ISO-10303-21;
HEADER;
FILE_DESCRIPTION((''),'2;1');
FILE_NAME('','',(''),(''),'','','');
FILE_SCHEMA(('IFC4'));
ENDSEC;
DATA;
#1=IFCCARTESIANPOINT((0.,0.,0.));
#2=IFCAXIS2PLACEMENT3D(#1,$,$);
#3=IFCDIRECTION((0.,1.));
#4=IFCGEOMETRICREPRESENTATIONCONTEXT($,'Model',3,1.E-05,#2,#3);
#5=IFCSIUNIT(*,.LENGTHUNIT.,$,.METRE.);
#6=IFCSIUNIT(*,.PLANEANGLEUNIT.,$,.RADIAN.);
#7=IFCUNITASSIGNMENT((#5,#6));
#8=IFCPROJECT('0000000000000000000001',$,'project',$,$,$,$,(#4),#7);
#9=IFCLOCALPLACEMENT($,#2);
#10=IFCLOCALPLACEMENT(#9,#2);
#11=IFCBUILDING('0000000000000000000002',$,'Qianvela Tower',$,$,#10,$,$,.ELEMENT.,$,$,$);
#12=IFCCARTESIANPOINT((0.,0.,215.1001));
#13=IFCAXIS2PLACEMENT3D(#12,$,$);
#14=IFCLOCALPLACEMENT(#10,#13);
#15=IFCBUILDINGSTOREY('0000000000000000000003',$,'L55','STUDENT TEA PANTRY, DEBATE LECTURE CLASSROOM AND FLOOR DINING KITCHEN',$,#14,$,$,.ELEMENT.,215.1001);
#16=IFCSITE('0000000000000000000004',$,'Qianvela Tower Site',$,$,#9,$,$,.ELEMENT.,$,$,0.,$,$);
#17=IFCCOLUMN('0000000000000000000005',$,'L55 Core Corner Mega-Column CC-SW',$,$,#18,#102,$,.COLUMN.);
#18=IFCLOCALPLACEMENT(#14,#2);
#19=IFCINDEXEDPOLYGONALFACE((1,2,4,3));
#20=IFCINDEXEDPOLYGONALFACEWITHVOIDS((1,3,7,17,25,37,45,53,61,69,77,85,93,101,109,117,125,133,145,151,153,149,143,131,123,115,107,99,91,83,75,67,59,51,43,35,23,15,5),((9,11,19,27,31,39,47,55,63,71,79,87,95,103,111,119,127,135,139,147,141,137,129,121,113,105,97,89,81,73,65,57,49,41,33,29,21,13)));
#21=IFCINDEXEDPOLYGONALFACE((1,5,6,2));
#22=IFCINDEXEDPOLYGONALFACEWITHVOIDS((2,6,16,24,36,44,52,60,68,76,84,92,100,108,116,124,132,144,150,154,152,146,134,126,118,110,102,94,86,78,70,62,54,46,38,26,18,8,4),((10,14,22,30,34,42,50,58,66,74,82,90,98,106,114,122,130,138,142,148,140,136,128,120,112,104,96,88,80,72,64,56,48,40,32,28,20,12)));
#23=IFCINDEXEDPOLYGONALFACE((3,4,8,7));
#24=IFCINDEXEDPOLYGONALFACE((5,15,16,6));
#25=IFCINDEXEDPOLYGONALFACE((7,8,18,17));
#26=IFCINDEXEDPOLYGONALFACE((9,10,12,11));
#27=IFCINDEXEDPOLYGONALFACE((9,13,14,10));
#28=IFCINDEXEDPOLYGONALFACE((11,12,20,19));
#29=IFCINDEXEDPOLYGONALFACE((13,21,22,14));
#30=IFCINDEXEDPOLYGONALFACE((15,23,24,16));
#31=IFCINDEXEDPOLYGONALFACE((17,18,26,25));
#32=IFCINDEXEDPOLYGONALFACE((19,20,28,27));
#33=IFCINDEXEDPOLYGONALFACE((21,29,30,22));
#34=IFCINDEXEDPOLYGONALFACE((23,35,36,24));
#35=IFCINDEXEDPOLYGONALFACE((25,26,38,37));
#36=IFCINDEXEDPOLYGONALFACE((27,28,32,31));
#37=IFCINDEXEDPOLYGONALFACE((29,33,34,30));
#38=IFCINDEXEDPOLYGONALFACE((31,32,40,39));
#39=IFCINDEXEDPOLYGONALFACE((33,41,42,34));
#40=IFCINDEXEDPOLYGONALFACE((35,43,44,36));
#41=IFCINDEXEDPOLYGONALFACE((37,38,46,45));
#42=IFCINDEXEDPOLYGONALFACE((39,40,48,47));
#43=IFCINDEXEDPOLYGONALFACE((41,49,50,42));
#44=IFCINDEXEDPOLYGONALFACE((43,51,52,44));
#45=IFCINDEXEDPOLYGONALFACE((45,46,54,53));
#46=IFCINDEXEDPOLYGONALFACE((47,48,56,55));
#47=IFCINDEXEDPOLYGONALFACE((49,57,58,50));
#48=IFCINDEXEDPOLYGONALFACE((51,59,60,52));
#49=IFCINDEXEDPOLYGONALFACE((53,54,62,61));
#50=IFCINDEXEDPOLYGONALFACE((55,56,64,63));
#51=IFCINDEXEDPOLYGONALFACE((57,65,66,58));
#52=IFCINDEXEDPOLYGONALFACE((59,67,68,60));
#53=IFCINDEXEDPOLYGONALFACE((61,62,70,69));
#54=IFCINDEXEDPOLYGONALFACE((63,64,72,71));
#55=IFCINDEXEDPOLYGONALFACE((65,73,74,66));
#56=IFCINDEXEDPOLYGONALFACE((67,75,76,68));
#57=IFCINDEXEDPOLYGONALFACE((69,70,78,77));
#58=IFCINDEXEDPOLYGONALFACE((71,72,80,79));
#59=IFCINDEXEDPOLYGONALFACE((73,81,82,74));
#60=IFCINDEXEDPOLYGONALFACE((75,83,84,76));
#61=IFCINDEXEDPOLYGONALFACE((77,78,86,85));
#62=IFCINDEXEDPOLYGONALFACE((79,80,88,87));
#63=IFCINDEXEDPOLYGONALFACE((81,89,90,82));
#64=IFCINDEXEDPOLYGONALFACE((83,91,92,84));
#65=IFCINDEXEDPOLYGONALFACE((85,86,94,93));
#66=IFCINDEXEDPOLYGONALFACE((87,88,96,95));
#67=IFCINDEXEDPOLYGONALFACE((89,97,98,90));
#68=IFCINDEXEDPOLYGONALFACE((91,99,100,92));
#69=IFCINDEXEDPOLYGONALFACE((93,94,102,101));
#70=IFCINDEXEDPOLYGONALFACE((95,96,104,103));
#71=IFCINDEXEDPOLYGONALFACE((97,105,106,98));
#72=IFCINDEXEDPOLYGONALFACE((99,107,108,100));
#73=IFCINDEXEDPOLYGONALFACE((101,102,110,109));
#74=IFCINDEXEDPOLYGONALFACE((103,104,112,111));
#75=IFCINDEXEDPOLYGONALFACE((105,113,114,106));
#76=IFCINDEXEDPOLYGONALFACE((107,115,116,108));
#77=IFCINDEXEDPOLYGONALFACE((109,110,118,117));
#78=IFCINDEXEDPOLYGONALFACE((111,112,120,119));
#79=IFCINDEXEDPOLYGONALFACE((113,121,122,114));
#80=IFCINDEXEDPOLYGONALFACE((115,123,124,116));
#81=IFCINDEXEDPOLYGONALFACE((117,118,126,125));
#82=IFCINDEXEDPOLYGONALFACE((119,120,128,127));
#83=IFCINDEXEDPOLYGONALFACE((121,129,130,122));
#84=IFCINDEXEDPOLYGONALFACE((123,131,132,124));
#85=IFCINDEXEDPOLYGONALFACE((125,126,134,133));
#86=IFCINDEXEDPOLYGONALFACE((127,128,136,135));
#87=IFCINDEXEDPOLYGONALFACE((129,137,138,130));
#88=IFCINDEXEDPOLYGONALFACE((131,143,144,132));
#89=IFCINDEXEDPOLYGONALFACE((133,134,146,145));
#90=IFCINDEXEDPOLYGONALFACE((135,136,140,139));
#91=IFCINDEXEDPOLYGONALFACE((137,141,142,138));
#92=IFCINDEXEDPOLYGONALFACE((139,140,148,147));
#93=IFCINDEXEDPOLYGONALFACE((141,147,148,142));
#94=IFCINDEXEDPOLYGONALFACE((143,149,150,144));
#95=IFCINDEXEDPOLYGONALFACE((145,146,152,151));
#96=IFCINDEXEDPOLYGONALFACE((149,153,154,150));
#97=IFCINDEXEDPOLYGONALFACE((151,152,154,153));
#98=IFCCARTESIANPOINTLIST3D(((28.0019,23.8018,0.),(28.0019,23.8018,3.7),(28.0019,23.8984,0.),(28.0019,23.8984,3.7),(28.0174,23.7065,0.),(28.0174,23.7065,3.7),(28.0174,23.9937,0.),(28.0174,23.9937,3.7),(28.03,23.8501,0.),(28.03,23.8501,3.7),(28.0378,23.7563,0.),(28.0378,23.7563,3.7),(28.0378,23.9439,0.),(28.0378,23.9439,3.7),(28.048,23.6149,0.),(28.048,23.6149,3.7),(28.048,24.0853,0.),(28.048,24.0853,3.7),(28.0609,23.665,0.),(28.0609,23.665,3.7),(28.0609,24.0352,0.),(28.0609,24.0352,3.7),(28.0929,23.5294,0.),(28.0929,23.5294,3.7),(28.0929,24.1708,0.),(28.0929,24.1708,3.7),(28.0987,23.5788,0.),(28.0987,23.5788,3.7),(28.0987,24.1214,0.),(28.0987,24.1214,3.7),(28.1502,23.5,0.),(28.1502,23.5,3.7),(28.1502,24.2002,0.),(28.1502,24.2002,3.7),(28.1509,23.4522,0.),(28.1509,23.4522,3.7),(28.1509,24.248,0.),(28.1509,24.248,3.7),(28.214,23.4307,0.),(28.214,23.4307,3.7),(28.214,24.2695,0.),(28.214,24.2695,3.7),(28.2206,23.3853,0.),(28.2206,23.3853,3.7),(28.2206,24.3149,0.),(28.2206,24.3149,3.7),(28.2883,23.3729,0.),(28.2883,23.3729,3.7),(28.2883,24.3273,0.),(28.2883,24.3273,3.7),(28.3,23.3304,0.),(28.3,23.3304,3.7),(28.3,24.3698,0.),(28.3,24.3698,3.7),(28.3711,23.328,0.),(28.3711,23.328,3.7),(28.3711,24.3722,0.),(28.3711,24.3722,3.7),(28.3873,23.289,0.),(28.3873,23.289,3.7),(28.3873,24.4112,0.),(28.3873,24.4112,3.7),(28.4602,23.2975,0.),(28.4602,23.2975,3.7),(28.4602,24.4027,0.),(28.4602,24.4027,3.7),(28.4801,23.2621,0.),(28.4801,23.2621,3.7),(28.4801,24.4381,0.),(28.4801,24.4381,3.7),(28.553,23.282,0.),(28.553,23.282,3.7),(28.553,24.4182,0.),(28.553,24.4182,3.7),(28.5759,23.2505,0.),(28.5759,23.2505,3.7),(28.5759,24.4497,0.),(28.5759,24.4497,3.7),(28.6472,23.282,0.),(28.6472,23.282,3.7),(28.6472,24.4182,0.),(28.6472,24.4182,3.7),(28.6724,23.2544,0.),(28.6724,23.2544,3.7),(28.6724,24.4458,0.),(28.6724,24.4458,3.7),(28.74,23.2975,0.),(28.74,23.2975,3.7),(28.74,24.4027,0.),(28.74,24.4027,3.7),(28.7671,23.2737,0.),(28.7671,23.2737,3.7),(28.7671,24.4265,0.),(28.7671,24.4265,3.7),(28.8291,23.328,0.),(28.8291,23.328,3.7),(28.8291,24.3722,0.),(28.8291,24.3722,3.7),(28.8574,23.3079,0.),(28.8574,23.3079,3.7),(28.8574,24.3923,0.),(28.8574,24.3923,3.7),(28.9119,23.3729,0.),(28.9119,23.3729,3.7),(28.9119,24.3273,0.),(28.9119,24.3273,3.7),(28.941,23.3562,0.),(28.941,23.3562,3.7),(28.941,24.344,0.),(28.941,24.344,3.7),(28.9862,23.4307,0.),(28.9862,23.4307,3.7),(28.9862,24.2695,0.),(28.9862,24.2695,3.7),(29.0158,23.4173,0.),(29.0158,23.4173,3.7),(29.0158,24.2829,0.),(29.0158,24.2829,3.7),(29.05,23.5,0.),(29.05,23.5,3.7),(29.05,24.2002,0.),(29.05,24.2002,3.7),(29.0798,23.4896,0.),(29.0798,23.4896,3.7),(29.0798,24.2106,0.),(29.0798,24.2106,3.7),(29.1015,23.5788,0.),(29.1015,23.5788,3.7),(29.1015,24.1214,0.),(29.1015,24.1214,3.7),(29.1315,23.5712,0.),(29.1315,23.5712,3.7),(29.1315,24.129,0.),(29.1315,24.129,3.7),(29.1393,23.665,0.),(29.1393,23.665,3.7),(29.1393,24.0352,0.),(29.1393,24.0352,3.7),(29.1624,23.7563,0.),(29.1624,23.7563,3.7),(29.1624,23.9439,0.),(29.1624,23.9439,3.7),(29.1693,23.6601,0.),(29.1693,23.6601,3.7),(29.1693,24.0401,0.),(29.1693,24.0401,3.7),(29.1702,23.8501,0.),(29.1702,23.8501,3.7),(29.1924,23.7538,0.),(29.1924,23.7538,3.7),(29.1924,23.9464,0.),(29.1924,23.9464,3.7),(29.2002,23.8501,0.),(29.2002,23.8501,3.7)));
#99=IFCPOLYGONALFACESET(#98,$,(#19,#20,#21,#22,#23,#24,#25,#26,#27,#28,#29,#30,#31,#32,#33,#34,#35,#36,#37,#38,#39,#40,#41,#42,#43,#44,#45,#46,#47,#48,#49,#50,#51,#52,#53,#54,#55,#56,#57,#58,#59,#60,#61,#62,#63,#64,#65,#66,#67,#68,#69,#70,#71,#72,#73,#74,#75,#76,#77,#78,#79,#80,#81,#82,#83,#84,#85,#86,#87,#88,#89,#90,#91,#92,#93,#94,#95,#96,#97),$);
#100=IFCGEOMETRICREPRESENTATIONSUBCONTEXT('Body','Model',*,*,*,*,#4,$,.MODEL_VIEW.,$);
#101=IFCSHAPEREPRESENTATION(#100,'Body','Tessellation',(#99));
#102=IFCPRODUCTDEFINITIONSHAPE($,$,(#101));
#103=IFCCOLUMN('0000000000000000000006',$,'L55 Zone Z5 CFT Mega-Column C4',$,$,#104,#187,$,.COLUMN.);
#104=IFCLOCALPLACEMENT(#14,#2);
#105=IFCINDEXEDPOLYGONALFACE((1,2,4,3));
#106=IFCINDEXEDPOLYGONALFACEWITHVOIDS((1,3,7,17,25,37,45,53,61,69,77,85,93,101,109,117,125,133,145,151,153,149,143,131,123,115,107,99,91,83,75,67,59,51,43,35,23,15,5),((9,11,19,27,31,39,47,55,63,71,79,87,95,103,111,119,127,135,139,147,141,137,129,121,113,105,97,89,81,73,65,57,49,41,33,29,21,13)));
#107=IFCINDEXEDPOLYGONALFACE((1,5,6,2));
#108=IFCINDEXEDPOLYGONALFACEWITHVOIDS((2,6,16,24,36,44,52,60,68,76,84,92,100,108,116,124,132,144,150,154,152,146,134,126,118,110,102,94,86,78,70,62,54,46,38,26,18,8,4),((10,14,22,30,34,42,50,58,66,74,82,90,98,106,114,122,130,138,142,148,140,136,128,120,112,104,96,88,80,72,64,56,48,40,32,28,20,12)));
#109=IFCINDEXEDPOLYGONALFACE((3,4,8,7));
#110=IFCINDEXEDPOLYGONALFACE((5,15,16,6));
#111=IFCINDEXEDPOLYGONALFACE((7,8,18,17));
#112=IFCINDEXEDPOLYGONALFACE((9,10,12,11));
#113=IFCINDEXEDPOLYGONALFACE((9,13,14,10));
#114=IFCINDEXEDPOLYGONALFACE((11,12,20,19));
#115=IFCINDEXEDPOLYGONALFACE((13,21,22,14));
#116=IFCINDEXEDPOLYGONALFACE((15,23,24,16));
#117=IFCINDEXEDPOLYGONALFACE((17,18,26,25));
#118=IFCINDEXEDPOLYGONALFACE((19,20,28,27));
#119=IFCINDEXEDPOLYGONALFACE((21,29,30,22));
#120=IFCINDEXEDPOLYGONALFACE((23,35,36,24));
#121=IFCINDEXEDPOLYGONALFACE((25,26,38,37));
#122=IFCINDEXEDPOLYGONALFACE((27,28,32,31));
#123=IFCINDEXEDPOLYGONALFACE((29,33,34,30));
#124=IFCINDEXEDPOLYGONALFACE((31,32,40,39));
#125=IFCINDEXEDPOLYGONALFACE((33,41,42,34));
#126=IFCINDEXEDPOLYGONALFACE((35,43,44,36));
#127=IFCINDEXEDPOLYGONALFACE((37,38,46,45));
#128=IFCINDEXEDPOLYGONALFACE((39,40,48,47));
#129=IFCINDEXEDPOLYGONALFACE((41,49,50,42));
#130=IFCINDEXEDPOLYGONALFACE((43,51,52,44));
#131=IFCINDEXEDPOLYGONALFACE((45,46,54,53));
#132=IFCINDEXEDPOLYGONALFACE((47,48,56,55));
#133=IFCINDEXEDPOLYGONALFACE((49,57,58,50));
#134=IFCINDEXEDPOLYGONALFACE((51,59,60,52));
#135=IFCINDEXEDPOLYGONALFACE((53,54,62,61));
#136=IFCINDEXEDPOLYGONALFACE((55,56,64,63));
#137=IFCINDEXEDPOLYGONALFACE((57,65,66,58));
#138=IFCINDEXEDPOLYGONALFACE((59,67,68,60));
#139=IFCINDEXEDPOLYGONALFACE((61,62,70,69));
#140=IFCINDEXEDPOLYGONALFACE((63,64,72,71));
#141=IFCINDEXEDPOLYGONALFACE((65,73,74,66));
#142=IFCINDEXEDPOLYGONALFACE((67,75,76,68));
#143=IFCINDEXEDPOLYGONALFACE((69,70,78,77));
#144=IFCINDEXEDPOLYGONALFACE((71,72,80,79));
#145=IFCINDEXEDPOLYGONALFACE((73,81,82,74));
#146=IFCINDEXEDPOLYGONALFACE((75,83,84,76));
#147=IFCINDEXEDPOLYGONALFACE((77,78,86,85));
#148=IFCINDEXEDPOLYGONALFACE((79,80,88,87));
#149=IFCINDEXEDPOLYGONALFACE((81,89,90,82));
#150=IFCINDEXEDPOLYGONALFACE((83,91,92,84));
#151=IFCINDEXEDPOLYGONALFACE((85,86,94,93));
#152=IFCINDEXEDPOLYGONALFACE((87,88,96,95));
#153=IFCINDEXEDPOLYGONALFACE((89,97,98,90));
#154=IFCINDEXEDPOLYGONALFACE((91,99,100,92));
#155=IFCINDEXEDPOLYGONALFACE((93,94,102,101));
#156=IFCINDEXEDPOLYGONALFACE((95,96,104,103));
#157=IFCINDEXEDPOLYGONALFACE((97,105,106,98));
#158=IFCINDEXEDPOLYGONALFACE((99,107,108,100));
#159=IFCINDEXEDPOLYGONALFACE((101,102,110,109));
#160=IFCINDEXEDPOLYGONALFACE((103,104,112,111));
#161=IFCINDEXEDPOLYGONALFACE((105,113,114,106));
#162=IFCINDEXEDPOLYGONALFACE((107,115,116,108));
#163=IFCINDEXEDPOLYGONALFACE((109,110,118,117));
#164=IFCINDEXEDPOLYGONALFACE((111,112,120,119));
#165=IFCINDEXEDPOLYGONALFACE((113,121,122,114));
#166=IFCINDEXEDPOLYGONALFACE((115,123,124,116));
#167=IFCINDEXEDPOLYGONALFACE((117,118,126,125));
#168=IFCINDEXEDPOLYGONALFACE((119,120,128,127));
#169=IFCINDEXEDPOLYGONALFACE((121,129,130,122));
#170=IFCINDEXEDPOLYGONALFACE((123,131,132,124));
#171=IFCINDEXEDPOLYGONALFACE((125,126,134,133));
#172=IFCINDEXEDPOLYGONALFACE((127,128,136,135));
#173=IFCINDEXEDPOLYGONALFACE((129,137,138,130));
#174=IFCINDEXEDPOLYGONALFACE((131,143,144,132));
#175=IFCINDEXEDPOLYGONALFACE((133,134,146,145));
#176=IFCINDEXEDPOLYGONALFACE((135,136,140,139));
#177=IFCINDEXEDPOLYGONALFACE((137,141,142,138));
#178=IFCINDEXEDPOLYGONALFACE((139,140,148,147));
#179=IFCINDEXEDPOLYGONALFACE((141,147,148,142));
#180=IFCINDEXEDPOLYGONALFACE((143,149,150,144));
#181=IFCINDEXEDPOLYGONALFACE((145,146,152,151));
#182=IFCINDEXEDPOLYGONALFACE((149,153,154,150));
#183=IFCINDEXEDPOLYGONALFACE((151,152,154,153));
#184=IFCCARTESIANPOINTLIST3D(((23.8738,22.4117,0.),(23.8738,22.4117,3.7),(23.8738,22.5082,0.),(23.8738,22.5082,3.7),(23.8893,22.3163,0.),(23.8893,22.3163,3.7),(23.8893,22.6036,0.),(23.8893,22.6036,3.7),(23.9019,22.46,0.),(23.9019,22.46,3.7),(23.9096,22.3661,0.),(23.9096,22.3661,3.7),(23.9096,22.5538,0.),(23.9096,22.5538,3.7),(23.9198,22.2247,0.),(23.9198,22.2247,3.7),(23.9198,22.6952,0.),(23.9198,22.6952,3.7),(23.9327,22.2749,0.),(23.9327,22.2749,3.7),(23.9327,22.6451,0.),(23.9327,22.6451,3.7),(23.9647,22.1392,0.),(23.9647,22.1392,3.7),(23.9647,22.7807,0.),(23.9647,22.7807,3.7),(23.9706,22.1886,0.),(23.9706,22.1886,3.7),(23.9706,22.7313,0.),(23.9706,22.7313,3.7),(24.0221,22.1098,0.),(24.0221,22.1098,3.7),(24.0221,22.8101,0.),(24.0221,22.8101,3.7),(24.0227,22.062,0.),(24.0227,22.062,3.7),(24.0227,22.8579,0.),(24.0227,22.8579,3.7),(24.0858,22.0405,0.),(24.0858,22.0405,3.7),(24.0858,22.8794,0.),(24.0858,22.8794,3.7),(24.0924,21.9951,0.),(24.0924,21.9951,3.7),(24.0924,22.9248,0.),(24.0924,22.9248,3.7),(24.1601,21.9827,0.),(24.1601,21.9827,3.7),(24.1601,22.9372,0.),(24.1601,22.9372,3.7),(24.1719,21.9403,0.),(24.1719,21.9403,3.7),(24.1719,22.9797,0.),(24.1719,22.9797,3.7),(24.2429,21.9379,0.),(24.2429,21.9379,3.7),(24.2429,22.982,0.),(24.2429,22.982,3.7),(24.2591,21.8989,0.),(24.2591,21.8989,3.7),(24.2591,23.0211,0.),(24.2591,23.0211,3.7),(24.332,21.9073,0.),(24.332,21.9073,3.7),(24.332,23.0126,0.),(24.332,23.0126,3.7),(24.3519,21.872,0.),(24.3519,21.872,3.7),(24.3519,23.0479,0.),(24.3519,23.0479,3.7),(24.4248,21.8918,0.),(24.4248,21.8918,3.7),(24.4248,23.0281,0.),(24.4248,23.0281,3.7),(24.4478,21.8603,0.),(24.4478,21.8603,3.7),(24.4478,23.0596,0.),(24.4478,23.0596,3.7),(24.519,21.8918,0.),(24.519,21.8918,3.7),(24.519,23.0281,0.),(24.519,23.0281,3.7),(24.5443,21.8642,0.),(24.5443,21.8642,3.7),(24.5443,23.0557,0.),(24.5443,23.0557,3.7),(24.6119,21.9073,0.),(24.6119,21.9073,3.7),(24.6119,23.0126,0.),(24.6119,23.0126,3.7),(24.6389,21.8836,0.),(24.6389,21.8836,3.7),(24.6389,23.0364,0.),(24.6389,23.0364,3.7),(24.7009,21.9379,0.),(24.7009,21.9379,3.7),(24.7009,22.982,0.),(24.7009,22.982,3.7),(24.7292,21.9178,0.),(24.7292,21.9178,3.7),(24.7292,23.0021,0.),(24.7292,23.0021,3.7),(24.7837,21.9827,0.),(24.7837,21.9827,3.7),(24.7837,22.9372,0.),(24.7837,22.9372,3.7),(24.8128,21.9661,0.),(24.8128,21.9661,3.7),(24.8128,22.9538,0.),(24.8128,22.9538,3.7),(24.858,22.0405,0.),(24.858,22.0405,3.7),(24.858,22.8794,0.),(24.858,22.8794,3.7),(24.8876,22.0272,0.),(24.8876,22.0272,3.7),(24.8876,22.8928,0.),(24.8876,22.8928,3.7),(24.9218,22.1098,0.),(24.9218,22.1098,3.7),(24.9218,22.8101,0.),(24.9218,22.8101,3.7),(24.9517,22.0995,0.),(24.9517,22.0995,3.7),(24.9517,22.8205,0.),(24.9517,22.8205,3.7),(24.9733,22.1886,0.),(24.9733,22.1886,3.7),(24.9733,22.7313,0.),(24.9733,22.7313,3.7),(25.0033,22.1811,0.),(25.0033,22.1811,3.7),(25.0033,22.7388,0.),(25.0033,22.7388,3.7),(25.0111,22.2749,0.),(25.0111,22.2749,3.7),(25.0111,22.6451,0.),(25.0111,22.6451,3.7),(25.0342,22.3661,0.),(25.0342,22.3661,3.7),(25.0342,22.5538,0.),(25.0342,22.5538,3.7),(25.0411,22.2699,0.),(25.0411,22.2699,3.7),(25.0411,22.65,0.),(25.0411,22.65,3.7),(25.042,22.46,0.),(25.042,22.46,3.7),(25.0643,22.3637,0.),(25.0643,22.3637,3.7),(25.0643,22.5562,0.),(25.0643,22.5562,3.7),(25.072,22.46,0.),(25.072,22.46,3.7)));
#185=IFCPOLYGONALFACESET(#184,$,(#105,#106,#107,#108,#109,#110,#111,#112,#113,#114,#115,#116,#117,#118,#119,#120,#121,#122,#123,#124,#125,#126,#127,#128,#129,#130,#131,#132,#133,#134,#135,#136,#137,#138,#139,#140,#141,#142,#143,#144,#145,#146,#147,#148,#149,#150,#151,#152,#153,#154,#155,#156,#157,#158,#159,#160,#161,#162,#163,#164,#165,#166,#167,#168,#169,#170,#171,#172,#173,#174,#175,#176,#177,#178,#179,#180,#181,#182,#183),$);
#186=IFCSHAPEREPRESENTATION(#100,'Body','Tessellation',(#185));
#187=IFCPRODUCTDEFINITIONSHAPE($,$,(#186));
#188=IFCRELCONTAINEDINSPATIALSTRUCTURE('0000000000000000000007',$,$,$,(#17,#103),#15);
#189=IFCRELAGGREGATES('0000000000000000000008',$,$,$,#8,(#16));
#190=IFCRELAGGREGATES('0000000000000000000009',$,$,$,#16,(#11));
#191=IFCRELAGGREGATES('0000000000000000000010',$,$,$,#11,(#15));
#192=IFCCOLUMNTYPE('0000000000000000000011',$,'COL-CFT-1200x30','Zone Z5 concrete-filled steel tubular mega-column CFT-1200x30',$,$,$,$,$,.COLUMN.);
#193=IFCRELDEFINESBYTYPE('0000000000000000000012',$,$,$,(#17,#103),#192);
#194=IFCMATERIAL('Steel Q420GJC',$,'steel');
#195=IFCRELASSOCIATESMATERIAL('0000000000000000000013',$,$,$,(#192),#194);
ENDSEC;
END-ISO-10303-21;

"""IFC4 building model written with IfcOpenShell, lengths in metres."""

from ifc_helpers import new_model, si_unit, direction, frame, origin, origin_2d, place, context, subcontext, project, spatial, hollow_circle, extrude, material, material_profile, profile_set, type_object, element, save


model = new_model("IFC4")

# Units and contexts
model_context = context("Model", 3, precision=1e-05, world=origin(), true_north=direction((0.0, 1.0)))
body_context = subcontext(model_context, "Body", "Model", "MODEL_VIEW")
ifc_project = project(units=[si_unit("LENGTHUNIT", "METRE"), si_unit("PLANEANGLEUNIT", "RADIAN")], contexts=[model_context])

# Site, building, storey
site_placement = place(None, origin())
site = spatial("IfcSite", under=ifc_project, at=site_placement, Name="Qianvela Tower Site", CompositionType="ELEMENT", RefElevation=0.0)
building_placement = place(site_placement, origin())
building = spatial("IfcBuilding", under=site, at=building_placement, Name="Qianvela Tower", CompositionType="ELEMENT")
storey_placement = place(building_placement, frame((0.0, 0.0, 215.1001)))
storey = spatial("IfcBuildingStorey", under=building, at=storey_placement, Name="L55", Description="STUDENT TEA PANTRY, DEBATE LECTURE CLASSROOM AND FLOOR DINING KITCHEN", CompositionType="ELEMENT", Elevation=215.1001)

# Columns
ifc_material_1 = material(Name="Steel Q420GJC", Category="steel")
ifc_material_profile_1 = material_profile(ifc_material_1, hollow_circle(Radius=0.6001, WallThickness=0.03, at=origin_2d()), Name="CFT-1200x30")
ifc_profile_set_1 = profile_set([ifc_material_profile_1], Name="Steel Q420GJC")
column_type = type_object("IfcColumnType", Name="COL-CFT-1200x30", Description="Zone Z5 concrete-filled steel tubular mega-column CFT-1200x30", PredefinedType="COLUMN", material=ifc_profile_set_1)
for number, where, z_axis, x_axis, name in (
    (1, (28.6001, 23.8501, 0.0), (0.0, 0.0, 1.0), (1.0, 0.0, 0.0), "L55 Core Corner Mega-Column CC-SW"),
    (2, (24.4719, 22.46, 0.0), (0.0, 0.0, 1.0), (1.0, 0.0, 0.0), "L55 Zone Z5 CFT Mega-Column C4"),
):
    element("IfcColumn", number, at=place(storey_placement, frame(where, z_axis=z_axis, x_axis=x_axis)), inside=storey, type_object=column_type, Name=name, PredefinedType="COLUMN", context=body_context, shape_type="SweptSolid", body=[
        extrude(hollow_circle(Radius=0.6001, WallThickness=0.03, at=origin_2d()), origin(), (0.0, 0.0, 1.0), 3.7),
    ])

save(model, "model.ifc")
